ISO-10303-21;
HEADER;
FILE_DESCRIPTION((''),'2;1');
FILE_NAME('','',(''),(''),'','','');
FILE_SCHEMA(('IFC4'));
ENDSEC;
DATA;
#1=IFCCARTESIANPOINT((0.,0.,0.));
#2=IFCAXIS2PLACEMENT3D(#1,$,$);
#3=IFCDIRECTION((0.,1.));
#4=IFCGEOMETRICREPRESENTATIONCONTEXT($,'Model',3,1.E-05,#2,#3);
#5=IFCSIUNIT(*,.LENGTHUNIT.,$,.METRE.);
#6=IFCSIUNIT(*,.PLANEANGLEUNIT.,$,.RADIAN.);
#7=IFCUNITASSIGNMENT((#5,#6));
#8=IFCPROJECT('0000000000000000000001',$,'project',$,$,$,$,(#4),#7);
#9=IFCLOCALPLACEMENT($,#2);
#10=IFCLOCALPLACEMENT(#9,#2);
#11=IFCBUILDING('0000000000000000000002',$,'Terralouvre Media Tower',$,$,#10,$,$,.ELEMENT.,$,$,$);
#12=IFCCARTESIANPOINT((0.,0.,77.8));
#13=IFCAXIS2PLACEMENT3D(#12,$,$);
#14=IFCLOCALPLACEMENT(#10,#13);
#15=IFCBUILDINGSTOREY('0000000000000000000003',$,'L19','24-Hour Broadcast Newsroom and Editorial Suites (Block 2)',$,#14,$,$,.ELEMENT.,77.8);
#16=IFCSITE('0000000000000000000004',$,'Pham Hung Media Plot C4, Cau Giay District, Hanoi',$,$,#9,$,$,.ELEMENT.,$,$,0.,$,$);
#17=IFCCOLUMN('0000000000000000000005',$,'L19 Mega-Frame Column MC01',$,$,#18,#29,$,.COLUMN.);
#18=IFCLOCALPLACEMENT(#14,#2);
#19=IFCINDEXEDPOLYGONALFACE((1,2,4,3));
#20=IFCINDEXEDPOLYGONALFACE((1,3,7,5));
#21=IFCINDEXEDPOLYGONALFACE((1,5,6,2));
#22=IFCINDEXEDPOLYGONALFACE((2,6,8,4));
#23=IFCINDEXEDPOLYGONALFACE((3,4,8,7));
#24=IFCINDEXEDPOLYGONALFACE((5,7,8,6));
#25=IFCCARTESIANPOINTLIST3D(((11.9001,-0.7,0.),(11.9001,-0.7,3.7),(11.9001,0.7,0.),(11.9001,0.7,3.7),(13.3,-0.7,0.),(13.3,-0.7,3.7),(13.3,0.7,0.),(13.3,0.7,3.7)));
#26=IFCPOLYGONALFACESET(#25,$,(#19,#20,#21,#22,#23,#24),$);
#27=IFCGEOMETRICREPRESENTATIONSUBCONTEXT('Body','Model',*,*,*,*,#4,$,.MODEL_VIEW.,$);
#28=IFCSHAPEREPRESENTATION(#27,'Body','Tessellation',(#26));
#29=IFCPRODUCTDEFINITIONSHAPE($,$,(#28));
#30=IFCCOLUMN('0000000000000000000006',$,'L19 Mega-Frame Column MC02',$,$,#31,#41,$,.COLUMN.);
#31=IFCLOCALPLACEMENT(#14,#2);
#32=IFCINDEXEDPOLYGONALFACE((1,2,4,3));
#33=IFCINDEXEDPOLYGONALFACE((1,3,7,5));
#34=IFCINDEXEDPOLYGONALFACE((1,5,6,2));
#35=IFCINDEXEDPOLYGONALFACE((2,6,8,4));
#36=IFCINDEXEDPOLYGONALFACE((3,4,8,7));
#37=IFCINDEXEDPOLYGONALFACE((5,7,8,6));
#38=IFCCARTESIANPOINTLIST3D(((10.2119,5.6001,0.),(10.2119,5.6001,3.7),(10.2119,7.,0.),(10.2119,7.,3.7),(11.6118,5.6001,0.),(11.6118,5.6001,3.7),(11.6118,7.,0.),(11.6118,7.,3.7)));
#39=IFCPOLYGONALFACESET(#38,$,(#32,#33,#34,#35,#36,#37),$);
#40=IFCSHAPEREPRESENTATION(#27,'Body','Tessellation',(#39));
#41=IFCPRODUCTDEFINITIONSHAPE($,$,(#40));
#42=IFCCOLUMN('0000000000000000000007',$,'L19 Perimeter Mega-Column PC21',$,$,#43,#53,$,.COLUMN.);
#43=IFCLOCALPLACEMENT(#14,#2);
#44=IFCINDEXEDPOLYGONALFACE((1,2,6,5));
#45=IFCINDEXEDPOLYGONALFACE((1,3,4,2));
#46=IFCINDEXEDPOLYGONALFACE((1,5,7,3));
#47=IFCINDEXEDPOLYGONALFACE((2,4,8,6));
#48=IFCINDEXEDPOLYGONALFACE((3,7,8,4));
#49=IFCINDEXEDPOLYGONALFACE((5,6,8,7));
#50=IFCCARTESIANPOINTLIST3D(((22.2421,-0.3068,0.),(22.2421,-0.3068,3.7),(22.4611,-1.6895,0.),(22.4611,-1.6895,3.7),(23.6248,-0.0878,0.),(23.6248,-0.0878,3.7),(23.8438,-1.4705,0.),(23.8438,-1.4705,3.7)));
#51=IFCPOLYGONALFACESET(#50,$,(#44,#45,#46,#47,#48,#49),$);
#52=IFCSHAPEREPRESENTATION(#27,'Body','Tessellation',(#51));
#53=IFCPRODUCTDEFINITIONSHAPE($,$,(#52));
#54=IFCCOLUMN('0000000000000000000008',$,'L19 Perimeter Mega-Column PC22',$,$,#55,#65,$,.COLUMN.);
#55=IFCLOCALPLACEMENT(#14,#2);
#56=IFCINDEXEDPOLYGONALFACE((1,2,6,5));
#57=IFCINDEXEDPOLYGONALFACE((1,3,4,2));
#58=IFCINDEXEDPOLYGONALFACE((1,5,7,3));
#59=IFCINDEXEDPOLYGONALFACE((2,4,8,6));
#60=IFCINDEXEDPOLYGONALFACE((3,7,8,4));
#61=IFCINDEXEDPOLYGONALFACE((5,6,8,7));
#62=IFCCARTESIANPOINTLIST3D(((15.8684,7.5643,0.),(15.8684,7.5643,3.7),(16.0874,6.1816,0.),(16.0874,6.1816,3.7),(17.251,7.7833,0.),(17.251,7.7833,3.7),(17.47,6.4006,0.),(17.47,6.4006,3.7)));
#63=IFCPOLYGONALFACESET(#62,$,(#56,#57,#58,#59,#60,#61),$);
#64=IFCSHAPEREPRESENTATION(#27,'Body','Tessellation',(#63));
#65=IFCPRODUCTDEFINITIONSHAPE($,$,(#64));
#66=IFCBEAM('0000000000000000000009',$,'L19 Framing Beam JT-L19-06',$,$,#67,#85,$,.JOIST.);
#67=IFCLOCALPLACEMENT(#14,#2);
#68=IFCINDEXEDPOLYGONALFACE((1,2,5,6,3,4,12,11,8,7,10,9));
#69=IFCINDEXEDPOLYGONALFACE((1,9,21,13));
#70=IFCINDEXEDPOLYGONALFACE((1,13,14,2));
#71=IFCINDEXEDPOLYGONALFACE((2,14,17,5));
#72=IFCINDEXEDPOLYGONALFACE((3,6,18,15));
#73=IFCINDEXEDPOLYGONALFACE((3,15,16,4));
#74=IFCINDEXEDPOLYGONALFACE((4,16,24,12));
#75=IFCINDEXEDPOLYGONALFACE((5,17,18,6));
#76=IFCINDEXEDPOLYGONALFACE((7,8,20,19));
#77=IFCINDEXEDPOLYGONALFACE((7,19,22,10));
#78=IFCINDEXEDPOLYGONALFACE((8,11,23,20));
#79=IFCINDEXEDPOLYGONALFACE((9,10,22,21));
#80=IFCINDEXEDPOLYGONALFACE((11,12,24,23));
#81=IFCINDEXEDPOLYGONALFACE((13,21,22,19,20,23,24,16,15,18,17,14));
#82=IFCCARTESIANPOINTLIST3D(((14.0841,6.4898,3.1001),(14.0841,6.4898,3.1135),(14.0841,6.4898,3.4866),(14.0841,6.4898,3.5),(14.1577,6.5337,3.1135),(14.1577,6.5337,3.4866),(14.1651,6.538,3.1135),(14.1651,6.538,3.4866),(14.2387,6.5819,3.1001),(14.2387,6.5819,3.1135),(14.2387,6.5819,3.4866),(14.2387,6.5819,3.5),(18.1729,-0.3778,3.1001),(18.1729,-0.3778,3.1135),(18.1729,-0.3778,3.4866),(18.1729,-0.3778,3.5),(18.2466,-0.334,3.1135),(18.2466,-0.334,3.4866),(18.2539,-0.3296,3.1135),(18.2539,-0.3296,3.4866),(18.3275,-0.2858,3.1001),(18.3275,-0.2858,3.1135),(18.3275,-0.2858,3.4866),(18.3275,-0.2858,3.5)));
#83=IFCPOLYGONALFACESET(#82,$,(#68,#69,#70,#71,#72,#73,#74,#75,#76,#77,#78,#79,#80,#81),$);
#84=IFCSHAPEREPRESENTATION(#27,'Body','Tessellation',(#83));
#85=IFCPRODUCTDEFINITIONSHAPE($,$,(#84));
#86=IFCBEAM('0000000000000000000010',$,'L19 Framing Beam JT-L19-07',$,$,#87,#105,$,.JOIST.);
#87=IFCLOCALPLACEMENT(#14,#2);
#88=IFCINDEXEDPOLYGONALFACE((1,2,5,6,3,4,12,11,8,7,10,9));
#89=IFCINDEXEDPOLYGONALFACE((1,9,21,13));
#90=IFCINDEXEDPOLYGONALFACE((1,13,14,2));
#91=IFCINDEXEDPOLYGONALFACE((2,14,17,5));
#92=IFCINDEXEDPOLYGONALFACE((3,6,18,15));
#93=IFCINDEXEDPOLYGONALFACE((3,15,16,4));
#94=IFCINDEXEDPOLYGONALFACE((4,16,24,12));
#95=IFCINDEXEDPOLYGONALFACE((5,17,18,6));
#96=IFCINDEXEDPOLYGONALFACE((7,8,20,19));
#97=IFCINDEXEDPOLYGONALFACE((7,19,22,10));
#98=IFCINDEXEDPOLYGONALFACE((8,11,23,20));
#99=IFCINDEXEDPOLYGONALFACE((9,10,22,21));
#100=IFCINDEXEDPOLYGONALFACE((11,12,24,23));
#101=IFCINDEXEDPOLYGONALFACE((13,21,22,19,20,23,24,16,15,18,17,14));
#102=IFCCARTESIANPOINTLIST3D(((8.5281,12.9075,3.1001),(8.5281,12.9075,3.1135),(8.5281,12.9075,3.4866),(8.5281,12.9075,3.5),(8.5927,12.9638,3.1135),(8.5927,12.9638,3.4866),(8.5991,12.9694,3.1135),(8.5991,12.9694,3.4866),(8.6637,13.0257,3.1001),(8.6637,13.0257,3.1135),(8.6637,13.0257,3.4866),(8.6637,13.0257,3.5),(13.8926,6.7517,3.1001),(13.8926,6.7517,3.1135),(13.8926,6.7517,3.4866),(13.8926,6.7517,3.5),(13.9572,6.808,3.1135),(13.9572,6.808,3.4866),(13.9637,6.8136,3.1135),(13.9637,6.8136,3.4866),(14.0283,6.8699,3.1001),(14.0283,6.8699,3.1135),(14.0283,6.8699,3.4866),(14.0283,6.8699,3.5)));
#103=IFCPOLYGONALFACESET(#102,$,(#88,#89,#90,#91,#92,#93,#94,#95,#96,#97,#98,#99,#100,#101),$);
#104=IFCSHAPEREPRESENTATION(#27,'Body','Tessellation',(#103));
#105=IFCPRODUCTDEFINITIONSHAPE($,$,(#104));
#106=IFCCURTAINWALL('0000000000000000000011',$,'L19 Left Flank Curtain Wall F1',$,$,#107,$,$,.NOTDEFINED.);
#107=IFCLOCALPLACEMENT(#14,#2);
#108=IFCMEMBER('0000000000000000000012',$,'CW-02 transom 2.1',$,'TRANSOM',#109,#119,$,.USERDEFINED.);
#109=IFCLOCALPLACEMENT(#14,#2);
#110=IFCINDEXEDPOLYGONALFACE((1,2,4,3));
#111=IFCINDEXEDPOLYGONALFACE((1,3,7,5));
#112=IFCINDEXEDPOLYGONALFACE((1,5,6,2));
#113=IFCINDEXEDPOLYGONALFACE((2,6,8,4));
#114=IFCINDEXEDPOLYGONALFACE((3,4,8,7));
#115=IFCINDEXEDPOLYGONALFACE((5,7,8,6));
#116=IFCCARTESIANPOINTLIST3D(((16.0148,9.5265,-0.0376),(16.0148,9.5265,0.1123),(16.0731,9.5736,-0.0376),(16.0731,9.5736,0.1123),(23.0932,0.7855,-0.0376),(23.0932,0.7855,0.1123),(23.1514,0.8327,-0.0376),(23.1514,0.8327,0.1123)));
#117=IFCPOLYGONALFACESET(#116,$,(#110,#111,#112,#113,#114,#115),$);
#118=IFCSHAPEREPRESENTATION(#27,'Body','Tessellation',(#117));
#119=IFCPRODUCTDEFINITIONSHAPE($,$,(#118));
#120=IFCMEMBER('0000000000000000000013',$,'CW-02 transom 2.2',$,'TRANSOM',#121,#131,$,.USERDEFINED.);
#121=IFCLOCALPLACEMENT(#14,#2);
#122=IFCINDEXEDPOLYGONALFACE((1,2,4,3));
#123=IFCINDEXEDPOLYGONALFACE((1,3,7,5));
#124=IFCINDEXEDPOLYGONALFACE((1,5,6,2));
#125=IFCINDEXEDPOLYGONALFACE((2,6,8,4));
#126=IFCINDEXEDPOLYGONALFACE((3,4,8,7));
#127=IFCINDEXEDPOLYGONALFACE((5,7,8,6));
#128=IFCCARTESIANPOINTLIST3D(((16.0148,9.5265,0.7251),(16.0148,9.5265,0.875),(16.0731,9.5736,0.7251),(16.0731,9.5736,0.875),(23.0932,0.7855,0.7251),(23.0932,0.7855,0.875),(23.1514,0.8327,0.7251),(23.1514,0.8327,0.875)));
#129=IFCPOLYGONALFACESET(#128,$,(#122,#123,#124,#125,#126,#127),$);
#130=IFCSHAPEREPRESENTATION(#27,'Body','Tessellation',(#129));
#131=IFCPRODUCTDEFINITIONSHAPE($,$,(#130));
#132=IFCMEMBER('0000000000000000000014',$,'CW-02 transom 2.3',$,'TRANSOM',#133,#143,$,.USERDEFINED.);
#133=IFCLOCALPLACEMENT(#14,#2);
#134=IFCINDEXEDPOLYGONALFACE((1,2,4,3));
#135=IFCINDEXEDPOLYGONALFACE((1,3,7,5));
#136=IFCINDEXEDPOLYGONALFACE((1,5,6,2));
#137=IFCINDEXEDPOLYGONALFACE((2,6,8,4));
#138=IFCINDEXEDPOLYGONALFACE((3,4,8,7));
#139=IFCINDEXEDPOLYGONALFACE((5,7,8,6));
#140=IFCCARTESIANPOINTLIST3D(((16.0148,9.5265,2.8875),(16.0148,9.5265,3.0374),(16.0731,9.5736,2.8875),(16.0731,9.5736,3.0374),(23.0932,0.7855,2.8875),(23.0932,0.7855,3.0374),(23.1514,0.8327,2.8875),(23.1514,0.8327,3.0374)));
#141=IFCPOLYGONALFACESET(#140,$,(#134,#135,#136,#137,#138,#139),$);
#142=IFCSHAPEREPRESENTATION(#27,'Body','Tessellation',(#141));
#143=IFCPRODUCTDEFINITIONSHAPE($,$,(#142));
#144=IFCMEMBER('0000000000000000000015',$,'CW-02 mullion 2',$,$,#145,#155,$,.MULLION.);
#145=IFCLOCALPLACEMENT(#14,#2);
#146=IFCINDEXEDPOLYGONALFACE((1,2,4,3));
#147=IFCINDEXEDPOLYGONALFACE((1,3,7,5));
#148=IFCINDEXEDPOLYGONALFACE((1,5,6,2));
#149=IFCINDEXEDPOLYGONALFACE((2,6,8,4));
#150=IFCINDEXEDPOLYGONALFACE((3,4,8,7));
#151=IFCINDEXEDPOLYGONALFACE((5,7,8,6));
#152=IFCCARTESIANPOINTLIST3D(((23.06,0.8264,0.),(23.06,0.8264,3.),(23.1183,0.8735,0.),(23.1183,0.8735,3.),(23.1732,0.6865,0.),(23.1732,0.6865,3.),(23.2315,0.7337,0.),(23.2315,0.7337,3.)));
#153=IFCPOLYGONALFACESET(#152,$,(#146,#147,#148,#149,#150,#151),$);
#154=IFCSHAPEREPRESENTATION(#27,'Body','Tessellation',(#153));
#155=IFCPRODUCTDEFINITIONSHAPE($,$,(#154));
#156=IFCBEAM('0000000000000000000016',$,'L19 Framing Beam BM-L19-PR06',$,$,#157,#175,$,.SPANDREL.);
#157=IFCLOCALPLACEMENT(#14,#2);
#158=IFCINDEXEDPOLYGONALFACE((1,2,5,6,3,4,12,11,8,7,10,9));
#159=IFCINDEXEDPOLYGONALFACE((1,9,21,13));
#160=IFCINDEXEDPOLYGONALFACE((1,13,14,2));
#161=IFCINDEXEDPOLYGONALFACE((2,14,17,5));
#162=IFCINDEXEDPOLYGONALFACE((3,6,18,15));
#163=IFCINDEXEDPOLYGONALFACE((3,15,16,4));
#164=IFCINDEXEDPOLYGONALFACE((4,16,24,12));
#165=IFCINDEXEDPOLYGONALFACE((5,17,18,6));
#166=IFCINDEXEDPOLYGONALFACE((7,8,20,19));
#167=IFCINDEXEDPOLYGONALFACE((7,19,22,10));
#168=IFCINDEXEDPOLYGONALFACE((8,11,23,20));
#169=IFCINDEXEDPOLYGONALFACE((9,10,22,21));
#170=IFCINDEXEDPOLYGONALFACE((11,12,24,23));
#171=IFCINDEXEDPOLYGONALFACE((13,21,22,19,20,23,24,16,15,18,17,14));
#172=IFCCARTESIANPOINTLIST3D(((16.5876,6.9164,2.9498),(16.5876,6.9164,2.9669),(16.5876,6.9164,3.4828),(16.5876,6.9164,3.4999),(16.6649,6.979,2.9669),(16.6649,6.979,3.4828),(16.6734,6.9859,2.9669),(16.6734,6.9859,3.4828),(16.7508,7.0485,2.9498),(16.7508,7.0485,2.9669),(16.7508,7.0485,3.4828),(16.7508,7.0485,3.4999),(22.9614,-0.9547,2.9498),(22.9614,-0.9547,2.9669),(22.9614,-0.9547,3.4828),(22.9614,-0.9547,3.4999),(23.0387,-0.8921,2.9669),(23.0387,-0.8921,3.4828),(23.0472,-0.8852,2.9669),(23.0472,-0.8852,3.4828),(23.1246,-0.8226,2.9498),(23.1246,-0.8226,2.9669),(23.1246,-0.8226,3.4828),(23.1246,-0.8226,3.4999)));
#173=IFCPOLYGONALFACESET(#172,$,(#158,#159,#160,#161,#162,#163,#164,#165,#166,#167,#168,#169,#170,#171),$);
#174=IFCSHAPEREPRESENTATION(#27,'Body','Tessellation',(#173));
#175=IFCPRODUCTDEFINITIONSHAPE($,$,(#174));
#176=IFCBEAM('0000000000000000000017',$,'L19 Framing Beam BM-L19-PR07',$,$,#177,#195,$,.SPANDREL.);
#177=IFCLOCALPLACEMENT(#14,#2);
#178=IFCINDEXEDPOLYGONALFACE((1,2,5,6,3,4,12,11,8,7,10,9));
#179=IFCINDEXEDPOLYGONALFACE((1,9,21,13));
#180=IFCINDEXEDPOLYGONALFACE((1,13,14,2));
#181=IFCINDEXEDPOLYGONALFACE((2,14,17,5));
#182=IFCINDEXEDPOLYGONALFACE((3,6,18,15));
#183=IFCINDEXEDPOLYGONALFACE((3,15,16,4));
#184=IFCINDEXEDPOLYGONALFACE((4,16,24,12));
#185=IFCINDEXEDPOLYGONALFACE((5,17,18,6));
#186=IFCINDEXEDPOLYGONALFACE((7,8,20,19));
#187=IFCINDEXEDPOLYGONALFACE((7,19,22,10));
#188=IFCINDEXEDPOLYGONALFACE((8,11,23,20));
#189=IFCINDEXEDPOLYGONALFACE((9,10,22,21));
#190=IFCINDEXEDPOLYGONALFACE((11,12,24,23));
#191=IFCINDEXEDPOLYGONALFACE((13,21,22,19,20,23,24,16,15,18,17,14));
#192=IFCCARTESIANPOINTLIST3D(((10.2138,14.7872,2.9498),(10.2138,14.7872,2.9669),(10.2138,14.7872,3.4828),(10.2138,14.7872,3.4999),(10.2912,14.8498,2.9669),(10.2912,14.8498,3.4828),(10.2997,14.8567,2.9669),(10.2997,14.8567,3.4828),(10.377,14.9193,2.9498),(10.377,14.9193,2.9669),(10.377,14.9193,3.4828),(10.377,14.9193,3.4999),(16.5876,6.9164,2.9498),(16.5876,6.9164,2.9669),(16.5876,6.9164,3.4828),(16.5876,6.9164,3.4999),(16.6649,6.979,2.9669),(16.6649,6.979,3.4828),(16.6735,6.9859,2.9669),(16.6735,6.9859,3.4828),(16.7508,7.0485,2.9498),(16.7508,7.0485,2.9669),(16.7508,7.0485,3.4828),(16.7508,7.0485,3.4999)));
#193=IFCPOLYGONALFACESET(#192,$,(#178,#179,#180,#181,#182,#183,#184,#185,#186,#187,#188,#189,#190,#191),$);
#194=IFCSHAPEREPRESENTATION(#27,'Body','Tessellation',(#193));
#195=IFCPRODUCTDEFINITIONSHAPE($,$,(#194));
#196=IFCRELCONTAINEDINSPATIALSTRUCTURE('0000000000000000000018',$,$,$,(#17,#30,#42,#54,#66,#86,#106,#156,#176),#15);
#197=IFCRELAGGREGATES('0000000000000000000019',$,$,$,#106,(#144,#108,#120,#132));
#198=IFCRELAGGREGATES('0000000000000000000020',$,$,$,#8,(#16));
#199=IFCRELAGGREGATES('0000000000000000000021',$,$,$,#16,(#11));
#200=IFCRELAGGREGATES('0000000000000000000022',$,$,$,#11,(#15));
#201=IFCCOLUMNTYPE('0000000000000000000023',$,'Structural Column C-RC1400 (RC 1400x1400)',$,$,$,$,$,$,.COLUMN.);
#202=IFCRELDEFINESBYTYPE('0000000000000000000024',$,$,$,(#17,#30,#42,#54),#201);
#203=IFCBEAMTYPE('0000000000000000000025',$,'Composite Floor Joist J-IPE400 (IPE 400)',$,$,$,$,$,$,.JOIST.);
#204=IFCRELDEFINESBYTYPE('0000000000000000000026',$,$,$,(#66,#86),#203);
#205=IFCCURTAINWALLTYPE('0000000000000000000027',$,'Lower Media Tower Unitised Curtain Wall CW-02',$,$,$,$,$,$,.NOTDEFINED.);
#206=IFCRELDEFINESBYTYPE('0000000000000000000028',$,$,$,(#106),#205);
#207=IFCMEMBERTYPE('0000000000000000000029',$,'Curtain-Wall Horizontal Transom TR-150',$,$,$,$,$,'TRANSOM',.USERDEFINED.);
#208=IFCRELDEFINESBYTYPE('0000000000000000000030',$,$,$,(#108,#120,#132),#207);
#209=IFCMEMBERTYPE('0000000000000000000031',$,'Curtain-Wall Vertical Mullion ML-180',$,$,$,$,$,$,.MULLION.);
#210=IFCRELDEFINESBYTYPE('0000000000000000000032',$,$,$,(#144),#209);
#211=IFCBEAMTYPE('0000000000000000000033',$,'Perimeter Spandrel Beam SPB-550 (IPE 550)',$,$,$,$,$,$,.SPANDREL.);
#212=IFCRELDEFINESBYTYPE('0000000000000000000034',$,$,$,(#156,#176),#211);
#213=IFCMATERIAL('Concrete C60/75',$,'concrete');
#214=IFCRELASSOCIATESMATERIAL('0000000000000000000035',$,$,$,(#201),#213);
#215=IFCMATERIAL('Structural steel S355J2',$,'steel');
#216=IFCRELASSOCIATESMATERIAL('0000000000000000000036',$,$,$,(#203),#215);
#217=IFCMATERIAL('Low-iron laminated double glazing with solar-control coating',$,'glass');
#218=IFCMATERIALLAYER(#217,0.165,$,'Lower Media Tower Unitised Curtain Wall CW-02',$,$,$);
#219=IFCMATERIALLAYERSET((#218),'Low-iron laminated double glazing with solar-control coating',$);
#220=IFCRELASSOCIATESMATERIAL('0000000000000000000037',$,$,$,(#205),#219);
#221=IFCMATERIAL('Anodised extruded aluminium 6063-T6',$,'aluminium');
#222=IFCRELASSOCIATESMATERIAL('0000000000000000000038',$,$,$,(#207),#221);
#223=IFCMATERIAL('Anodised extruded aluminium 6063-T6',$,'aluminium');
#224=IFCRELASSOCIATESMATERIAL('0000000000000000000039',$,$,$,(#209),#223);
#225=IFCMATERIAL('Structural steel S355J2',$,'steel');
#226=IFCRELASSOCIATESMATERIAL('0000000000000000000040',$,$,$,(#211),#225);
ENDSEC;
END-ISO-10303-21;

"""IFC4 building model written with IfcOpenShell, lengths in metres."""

from ifc_helpers import new_model, si_unit, direction, frame, origin, origin_2d, place, context, subcontext, project, spatial, rectangle, i_section, extrude, material, layer, layer_set, material_profile, profile_set, type_object, element, aggregate, save


model = new_model("IFC4")

# Units and contexts
model_context = context("Model", 3, precision=1e-05, world=origin(), true_north=direction((0.0, 1.0)))
body_context = subcontext(model_context, "Body", "Model", "MODEL_VIEW")
ifc_project = project(units=[si_unit("LENGTHUNIT", "METRE"), si_unit("PLANEANGLEUNIT", "RADIAN")], contexts=[model_context])

# Site, building, storey
site_placement = place(None, origin())
site = spatial("IfcSite", under=ifc_project, at=site_placement, Name="Pham Hung Media Plot C4, Cau Giay District, Hanoi", CompositionType="ELEMENT", RefElevation=0.0)
building_placement = place(site_placement, origin())
building = spatial("IfcBuilding", under=site, at=building_placement, Name="Terralouvre Media Tower", CompositionType="ELEMENT")
storey_placement = place(building_placement, frame((0.0, 0.0, 77.8)))
storey = spatial("IfcBuildingStorey", under=building, at=storey_placement, Name="L19", Description="24-Hour Broadcast Newsroom and Editorial Suites (Block 2)", CompositionType="ELEMENT", Elevation=77.8)

# Columns
ifc_material_1 = material(Name="Concrete C60/75", Category="concrete")
ifc_material_profile_1 = material_profile(ifc_material_1, rectangle(XDim=1.3999, YDim=1.3999, at=origin_2d()), Name="RC 1400x1400")
ifc_profile_set_1 = profile_set([ifc_material_profile_1], Name="Concrete C60/75")
column_type = type_object("IfcColumnType", Name="Structural Column C-RC1400 (RC 1400x1400)", PredefinedType="COLUMN", material=ifc_profile_set_1)
for number, where, z_axis, x_axis, name in (
    (1, (12.6001, 0.0, 0.0), (0.0, 0.0, 1.0), (1.0, 0.0, 0.0), "L19 Mega-Frame Column MC01"),
    (2, (10.9119, 6.3, 0.0), (0.0, 0.0, 1.0), (1.0, 0.0, 0.0), "L19 Mega-Frame Column MC02"),
    (3, (23.043, -0.8887, 0.0), (0.0, 0.0, 1.0), (0.987688, 0.156434, 0.0), "L19 Perimeter Mega-Column PC21"),
    (4, (16.6692, 6.9824, 0.0), (0.0, 0.0, 1.0), (0.987688, 0.156434, 0.0), "L19 Perimeter Mega-Column PC22"),
):
    element("IfcColumn", number, at=place(storey_placement, frame(where, z_axis=z_axis, x_axis=x_axis)), inside=storey, type_object=column_type, Name=name, PredefinedType="COLUMN", context=body_context, shape_type="SweptSolid", body=[
        extrude(rectangle(XDim=1.3999, YDim=1.3999, at=origin_2d()), origin(), (0.0, 0.0, 1.0), 3.7),
    ])

# Beams
ifc_material_2 = material(Name="Structural steel S355J2", Category="steel")
ifc_material_profile_2 = material_profile(ifc_material_2, i_section(OverallWidth=0.1799, OverallDepth=0.3999, WebThickness=0.0085, FlangeThickness=0.0134, at=origin_2d()), Name="IPE 400")
ifc_profile_set_2 = profile_set([ifc_material_profile_2], Name="Structural steel S355J2")
beam_type_1 = type_object("IfcBeamType", Name="Composite Floor Joist J-IPE400 (IPE 400)", PredefinedType="JOIST", material=ifc_profile_set_2)
beam_1_placement = place(storey_placement, frame((18.2502, -0.3318, 3.3), z_axis=(-0.511573, 0.85924, 0.0), x_axis=(-0.85924, -0.511573, 0.0)))
element("IfcBeam", 5, at=beam_1_placement, inside=storey, type_object=beam_type_1, Name="L19 Framing Beam JT-L19-06", PredefinedType="JOIST", context=body_context, shape_type="SweptSolid", body=[
    extrude(i_section(OverallWidth=0.1799, OverallDepth=0.3999, WebThickness=0.0085, FlangeThickness=0.0134, at=origin_2d()), origin(), (0.0, 0.0, 1.0), 7.9927),
])
beam_2_placement = place(storey_placement, frame((13.9604, 6.8108, 3.3), z_axis=(-0.656992, 0.753898, 0.0), x_axis=(-0.753898, -0.656992, 0.0)))
element("IfcBeam", 6, at=beam_2_placement, inside=storey, type_object=beam_type_1, Name="L19 Framing Beam JT-L19-07", PredefinedType="JOIST", context=body_context, shape_type="SweptSolid", body=[
    extrude(i_section(OverallWidth=0.1799, OverallDepth=0.3999, WebThickness=0.0085, FlangeThickness=0.0134, at=origin_2d()), origin(), (0.0, 0.0, 1.0), 8.1653),
])

# Curtain wall, members
ifc_material_3 = material(Name="Low-iron laminated double glazing with solar-control coating", Category="glass")
ifc_layer_1 = layer(ifc_material_3, 0.165, Name="Lower Media Tower Unitised Curtain Wall CW-02")
ifc_layer_set_1 = layer_set([ifc_layer_1], Name="Low-iron laminated double glazing with solar-control coating")
curtain_wall_type = type_object("IfcCurtainWallType", Name="Lower Media Tower Unitised Curtain Wall CW-02", PredefinedType="NOTDEFINED", material=ifc_layer_set_1)
curtain_wall_placement = place(storey_placement, origin())
curtain_wall = element("IfcCurtainWall", 7, at=curtain_wall_placement, inside=storey, type_object=curtain_wall_type, Name="L19 Left Flank Curtain Wall F1", PredefinedType="NOTDEFINED")
ifc_material_4 = material(Name="Anodised extruded aluminium 6063-T6", Category="aluminium")
ifc_material_profile_3 = material_profile(ifc_material_4, rectangle(XDim=0.075, YDim=0.1499, at=origin_2d()), Name="ALU 75x150")
ifc_profile_set_3 = profile_set([ifc_material_profile_3], Name="Anodised extruded aluminium 6063-T6")
member_type_1 = type_object("IfcMemberType", Name="Curtain-Wall Horizontal Transom TR-150", ElementType="TRANSOM", PredefinedType="USERDEFINED", material=ifc_profile_set_3)
member_1_placement = place(storey_placement, frame((23.1223, 0.8091, 0.0374), z_axis=(-0.629324, 0.777143, 0.0), x_axis=(-0.777143, -0.629324, 0.0)))
member_1 = element("IfcMember", 8, at=member_1_placement, type_object=member_type_1, Name="CW-02 transom 2.1", ObjectType="TRANSOM", PredefinedType="USERDEFINED", context=body_context, shape_type="SweptSolid", body=[
    extrude(rectangle(XDim=0.075, YDim=0.1499, at=origin_2d()), origin(), (0.0, 0.0, 1.0), 11.2476),
])
member_2_placement = place(storey_placement, frame((23.1223, 0.8091, 0.8), z_axis=(-0.629324, 0.777143, 0.0), x_axis=(-0.777143, -0.629324, 0.0)))
member_2 = element("IfcMember", 9, at=member_2_placement, type_object=member_type_1, Name="CW-02 transom 2.2", ObjectType="TRANSOM", PredefinedType="USERDEFINED", context=body_context, shape_type="SweptSolid", body=[
    extrude(rectangle(XDim=0.075, YDim=0.1499, at=origin_2d()), origin(), (0.0, 0.0, 1.0), 11.2476),
])
member_3_placement = place(storey_placement, frame((23.1223, 0.8091, 2.9624), z_axis=(-0.629324, 0.777143, 0.0), x_axis=(-0.777143, -0.629324, 0.0)))
member_3 = element("IfcMember", 10, at=member_3_placement, type_object=member_type_1, Name="CW-02 transom 2.3", ObjectType="TRANSOM", PredefinedType="USERDEFINED", context=body_context, shape_type="SweptSolid", body=[
    extrude(rectangle(XDim=0.075, YDim=0.1499, at=origin_2d()), origin(), (0.0, 0.0, 1.0), 11.2476),
])
ifc_material_5 = material(Name="Anodised extruded aluminium 6063-T6", Category="aluminium")
ifc_material_profile_4 = material_profile(ifc_material_5, rectangle(XDim=0.075, YDim=0.1799, at=origin_2d()), Name="ALU 75x180")
ifc_profile_set_4 = profile_set([ifc_material_profile_4], Name="Anodised extruded aluminium 6063-T6")
member_type_2 = type_object("IfcMemberType", Name="Curtain-Wall Vertical Mullion ML-180", PredefinedType="MULLION", material=ifc_profile_set_4)
member_4_placement = place(storey_placement, frame((23.1458, 0.78, 0.0), z_axis=(0.0, 0.0, 1.0), x_axis=(-0.777146, -0.62932, 0.0)))
member_4 = element("IfcMember", 11, at=member_4_placement, type_object=member_type_2, Name="CW-02 mullion 2", PredefinedType="MULLION", context=body_context, shape_type="SweptSolid", body=[
    extrude(rectangle(XDim=0.075, YDim=0.1799, at=origin_2d()), origin(), (0.0, 0.0, 1.0), 3.0),
])

# Beams
ifc_material_6 = material(Name="Structural steel S355J2", Category="steel")
ifc_material_profile_5 = material_profile(ifc_material_6, i_section(OverallWidth=0.21, OverallDepth=0.55, WebThickness=0.011, FlangeThickness=0.0171, at=origin_2d()), Name="IPE 550")
ifc_profile_set_5 = profile_set([ifc_material_profile_5], Name="Structural steel S355J2")
beam_type_2 = type_object("IfcBeamType", Name="Perimeter Spandrel Beam SPB-550 (IPE 550)", PredefinedType="SPANDREL", material=ifc_profile_set_5)
beam_3_placement = place(storey_placement, frame((23.043, -0.8887, 3.2249), z_axis=(-0.629314, 0.777151, 0.0), x_axis=(-0.777151, -0.629314, 0.0)))
element("IfcBeam", 12, at=beam_3_placement, inside=storey, type_object=beam_type_2, Name="L19 Framing Beam BM-L19-PR06", PredefinedType="SPANDREL", context=body_context, shape_type="SweptSolid", body=[
    extrude(i_section(OverallWidth=0.21, OverallDepth=0.55, WebThickness=0.011, FlangeThickness=0.0171, at=origin_2d()), origin(), (0.0, 0.0, 1.0), 10.1282),
])
beam_4_placement = place(storey_placement, frame((16.6692, 6.9824, 3.2249), z_axis=(-0.629326, 0.777142, 0.0), x_axis=(-0.777142, -0.629326, 0.0)))
element("IfcBeam", 13, at=beam_4_placement, inside=storey, type_object=beam_type_2, Name="L19 Framing Beam BM-L19-PR07", PredefinedType="SPANDREL", context=body_context, shape_type="SweptSolid", body=[
    extrude(i_section(OverallWidth=0.21, OverallDepth=0.55, WebThickness=0.011, FlangeThickness=0.0171, at=origin_2d()), origin(), (0.0, 0.0, 1.0), 10.1279),
])

aggregate(curtain_wall, [member_4, member_1, member_2, member_3])

save(model, "model.ifc")
